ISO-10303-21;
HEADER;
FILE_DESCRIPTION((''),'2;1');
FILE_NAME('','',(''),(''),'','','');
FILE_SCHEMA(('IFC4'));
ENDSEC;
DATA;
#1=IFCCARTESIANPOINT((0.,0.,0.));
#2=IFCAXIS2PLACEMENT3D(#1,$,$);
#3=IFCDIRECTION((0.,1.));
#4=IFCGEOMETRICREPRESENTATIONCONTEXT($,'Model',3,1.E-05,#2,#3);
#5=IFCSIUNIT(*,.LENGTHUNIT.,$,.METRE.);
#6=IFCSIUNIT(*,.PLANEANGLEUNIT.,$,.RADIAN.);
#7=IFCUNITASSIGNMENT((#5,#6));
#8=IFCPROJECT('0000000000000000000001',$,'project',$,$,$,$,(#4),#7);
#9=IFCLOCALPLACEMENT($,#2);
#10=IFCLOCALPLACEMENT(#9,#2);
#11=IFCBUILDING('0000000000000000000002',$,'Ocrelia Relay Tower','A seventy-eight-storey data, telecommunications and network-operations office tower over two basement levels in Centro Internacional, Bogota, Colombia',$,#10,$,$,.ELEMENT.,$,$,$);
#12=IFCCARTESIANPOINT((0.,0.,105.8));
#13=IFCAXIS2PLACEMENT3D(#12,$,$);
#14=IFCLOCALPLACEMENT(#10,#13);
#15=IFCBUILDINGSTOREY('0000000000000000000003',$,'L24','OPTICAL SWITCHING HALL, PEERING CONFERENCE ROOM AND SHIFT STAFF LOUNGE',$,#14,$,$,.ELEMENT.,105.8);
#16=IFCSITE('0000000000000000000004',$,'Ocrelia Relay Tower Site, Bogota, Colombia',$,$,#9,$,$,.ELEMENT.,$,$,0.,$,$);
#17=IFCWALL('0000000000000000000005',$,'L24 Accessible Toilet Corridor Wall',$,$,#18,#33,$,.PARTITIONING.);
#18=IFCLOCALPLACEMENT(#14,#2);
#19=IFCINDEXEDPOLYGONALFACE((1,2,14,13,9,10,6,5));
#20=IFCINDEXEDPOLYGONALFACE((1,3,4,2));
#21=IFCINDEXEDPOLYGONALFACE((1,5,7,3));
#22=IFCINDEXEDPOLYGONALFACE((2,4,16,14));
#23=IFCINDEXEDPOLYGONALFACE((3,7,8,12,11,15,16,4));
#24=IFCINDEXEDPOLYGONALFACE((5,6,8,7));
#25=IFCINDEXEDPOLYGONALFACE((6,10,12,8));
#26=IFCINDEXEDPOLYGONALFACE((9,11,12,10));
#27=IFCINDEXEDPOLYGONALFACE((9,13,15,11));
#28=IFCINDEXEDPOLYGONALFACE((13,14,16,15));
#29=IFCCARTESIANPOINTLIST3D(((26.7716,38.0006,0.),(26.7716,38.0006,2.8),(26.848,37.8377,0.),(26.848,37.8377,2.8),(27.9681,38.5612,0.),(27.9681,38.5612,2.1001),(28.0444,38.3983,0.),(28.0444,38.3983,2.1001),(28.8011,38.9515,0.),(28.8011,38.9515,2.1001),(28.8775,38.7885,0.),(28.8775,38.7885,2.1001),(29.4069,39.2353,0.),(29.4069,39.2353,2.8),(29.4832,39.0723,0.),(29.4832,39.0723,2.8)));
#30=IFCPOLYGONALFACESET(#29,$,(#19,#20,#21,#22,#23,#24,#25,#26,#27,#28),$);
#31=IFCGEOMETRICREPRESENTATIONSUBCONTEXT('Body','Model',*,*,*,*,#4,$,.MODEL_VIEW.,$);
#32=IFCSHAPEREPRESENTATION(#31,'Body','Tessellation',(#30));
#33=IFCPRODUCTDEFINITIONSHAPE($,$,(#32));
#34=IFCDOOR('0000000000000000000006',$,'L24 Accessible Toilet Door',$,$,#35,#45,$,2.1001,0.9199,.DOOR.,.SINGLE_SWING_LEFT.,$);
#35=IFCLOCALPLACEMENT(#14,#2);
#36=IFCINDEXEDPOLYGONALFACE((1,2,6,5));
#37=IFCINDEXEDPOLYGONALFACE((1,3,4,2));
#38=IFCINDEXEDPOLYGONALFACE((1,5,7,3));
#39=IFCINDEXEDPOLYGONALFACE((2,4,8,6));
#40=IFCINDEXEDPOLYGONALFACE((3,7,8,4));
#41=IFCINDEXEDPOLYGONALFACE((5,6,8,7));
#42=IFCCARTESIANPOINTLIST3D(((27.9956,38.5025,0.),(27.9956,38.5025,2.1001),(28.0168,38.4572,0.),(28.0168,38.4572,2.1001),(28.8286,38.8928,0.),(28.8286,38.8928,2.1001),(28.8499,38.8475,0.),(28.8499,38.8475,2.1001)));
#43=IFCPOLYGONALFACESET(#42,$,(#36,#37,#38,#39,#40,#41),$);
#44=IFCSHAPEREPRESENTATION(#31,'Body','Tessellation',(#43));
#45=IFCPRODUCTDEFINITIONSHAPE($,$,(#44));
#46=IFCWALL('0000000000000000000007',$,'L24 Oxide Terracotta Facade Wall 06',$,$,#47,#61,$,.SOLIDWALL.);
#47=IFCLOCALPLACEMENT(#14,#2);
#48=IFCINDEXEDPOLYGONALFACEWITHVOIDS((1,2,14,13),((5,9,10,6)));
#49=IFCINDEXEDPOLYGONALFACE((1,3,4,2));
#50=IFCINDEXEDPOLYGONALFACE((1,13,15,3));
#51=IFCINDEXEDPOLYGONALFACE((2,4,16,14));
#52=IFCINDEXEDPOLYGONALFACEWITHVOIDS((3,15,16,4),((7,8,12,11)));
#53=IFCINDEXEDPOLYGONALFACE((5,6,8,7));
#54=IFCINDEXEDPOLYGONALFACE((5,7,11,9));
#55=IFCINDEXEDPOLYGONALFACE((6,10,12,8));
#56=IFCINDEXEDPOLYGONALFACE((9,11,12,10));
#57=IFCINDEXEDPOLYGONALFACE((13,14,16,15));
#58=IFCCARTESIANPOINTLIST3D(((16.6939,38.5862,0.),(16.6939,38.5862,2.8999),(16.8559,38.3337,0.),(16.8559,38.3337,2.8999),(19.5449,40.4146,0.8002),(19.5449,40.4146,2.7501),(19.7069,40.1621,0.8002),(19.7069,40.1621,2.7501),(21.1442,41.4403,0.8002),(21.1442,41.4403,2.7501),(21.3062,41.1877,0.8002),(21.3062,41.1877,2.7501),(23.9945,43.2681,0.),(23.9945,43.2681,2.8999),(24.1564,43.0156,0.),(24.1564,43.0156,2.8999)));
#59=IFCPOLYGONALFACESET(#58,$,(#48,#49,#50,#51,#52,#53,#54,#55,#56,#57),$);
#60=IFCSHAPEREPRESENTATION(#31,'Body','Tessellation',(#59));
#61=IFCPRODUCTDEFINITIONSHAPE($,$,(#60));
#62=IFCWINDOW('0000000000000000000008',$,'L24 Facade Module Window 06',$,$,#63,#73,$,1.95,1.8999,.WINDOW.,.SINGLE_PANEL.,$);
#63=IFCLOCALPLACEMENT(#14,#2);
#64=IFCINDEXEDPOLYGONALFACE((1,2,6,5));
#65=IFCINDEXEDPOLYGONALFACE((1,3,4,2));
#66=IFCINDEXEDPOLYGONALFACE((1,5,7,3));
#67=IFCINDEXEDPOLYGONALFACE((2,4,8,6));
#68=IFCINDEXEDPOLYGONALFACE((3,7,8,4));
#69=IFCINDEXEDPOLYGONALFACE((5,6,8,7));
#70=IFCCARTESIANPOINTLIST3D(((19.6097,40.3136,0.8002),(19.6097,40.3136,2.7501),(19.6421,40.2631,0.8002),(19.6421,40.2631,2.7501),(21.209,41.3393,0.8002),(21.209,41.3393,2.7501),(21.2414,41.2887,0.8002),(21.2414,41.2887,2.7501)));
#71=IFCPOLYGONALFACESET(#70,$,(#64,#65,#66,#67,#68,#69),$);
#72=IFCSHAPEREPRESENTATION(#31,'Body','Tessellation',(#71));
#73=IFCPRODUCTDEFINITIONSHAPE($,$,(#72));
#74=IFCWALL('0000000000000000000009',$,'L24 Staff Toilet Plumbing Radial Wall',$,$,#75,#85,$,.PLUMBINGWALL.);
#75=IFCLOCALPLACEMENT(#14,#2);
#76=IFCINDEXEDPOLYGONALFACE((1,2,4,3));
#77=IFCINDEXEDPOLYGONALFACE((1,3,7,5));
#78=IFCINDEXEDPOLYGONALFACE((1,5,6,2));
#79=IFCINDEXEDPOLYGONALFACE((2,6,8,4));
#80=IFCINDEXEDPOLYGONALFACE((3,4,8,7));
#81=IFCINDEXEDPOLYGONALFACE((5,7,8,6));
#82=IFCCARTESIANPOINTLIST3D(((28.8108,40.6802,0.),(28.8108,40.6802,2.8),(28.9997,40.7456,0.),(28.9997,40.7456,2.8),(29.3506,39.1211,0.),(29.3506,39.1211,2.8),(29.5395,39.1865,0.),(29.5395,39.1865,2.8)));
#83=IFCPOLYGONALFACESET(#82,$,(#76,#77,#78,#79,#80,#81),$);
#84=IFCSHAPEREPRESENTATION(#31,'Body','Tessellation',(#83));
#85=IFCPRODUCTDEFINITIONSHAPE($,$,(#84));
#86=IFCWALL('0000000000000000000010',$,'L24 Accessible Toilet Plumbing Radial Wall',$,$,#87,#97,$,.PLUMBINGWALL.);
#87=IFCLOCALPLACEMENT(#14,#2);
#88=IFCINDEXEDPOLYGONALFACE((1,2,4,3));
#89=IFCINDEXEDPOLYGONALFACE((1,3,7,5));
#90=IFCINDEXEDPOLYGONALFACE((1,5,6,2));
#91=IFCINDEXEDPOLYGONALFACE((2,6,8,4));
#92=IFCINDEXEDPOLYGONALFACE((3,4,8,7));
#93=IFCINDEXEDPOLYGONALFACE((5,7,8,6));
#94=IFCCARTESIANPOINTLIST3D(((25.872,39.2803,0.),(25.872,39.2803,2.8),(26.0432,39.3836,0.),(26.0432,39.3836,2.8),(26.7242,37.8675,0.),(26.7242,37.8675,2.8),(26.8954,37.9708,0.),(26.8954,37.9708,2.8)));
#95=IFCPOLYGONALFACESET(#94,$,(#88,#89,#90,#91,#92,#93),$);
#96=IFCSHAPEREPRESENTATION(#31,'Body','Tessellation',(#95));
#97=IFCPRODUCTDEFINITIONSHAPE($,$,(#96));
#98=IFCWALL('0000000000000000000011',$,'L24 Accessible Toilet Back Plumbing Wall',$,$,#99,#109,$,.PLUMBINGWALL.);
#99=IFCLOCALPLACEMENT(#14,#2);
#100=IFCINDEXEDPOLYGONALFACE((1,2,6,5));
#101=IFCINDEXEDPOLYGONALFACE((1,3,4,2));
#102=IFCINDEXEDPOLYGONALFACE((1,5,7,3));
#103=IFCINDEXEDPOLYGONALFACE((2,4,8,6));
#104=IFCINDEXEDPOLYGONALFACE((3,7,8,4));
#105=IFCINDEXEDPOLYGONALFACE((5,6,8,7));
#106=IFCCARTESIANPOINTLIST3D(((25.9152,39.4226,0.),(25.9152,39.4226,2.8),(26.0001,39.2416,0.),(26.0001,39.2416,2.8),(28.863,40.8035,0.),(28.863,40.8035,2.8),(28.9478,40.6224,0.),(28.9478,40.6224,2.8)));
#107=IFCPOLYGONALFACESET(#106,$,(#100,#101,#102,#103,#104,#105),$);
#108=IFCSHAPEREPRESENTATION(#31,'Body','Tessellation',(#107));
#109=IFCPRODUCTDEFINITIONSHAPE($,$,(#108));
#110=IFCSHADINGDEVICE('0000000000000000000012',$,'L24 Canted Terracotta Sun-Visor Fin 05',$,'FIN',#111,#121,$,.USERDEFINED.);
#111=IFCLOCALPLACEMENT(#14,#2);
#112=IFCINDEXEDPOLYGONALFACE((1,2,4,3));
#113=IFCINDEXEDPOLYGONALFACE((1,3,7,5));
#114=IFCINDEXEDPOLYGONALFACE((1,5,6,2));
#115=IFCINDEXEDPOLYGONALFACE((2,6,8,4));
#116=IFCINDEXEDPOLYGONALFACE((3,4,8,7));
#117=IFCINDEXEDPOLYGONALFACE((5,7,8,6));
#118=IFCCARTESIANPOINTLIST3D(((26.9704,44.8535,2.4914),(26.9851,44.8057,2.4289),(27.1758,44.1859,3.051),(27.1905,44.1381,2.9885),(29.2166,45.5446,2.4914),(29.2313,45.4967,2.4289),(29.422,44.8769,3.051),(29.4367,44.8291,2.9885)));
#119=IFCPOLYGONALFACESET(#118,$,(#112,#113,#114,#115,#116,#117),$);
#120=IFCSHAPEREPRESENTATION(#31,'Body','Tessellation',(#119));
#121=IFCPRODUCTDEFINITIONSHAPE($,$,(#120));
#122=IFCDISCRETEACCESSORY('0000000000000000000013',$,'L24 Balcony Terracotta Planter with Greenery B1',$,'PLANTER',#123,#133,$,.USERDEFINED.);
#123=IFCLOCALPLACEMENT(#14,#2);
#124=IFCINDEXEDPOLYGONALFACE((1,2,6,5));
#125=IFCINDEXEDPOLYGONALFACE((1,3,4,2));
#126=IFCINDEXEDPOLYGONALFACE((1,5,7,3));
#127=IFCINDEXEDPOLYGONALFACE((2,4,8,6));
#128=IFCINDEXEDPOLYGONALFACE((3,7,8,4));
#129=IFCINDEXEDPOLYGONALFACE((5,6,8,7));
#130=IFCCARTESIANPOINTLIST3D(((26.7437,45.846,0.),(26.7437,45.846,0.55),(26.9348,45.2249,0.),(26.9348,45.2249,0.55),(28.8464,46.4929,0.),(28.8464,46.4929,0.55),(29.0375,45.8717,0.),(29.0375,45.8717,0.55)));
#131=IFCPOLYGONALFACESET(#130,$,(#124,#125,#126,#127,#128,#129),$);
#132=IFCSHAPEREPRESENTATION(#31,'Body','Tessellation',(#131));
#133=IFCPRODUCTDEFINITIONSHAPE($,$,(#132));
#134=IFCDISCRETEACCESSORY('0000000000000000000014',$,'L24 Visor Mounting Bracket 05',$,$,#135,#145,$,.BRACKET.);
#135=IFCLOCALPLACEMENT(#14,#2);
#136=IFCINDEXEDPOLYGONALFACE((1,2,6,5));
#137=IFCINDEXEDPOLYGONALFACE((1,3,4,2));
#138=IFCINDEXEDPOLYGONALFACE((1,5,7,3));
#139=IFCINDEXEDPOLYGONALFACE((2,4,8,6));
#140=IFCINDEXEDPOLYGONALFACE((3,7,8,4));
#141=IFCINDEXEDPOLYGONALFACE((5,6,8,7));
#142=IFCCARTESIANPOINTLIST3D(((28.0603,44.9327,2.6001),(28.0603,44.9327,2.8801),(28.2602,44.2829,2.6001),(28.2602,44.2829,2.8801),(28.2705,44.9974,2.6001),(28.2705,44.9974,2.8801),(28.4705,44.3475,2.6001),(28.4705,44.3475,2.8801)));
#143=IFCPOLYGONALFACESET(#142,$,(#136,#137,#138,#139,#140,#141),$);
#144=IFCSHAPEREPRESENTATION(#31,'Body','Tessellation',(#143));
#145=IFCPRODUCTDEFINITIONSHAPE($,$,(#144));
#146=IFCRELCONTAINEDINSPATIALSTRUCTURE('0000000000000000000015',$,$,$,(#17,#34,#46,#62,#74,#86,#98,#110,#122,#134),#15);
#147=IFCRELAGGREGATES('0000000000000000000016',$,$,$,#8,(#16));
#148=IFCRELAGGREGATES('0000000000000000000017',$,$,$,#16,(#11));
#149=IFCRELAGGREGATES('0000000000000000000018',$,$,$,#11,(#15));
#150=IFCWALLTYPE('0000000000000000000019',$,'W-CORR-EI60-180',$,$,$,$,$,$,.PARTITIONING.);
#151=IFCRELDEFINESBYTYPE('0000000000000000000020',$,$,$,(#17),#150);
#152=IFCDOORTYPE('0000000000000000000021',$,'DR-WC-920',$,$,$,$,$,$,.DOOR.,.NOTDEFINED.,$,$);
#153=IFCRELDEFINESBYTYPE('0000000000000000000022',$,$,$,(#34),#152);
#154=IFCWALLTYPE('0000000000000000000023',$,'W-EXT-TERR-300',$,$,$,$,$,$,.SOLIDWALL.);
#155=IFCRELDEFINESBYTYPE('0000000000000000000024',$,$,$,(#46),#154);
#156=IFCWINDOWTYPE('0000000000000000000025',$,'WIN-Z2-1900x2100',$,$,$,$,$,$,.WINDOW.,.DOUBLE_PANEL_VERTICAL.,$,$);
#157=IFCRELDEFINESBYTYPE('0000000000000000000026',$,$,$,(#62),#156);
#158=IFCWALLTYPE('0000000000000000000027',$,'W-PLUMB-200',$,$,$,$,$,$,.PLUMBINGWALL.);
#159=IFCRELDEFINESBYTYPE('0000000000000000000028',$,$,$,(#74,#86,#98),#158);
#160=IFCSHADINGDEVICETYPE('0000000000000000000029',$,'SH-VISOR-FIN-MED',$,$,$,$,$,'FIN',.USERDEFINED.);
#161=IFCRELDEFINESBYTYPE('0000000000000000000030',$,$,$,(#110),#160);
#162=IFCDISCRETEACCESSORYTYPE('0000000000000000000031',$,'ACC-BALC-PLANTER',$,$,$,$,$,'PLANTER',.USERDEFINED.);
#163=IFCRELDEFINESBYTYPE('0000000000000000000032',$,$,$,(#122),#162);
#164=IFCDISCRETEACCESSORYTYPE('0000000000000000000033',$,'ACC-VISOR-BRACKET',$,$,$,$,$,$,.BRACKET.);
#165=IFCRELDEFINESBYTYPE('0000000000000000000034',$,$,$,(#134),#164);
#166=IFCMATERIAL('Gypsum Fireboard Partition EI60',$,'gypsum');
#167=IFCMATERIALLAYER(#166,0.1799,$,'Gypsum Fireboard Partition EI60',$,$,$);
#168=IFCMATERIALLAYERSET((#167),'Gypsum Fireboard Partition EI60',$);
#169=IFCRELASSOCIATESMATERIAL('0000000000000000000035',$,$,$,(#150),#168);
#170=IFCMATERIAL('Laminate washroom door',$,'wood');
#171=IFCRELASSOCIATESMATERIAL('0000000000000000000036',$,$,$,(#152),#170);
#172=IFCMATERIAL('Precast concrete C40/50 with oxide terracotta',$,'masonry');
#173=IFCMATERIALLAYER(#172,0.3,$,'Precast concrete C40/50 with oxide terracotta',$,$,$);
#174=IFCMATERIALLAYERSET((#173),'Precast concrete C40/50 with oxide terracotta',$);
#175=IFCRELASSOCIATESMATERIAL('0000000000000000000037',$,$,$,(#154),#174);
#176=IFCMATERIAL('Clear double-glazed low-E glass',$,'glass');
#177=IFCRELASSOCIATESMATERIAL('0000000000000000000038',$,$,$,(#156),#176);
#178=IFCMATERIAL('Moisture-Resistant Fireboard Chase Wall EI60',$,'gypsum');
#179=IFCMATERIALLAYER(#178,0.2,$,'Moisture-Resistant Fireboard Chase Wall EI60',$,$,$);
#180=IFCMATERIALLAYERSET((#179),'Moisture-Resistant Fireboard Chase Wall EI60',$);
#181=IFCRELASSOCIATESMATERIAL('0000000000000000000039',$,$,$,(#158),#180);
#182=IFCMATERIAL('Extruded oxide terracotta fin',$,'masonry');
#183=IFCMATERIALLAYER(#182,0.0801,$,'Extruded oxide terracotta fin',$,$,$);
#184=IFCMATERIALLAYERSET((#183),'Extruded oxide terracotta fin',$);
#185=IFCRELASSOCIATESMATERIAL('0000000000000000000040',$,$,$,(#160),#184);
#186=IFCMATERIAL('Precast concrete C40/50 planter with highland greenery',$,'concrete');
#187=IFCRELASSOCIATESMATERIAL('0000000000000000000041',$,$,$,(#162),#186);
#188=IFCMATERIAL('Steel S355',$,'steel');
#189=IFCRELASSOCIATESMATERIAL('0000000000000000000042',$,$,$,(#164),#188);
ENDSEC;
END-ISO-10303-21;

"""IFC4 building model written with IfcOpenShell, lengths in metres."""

from ifc_helpers import new_model, si_unit, direction, frame, frame_2d, origin, origin_2d, place, context, subcontext, project, spatial, rectangle, extrude, material, layer, layer_set, type_object, element, fill, save


model = new_model("IFC4")

# Units and contexts
model_context = context("Model", 3, precision=1e-05, world=origin(), true_north=direction((0.0, 1.0)))
body_context = subcontext(model_context, "Body", "Model", "MODEL_VIEW")
ifc_project = project(units=[si_unit("LENGTHUNIT", "METRE"), si_unit("PLANEANGLEUNIT", "RADIAN")], contexts=[model_context])

# Site, building, storey
site_placement = place(None, origin())
site = spatial("IfcSite", under=ifc_project, at=site_placement, Name="Ocrelia Relay Tower Site, Bogota, Colombia", CompositionType="ELEMENT", RefElevation=0.0)
building_placement = place(site_placement, origin())
building = spatial("IfcBuilding", under=site, at=building_placement, Name="Ocrelia Relay Tower", Description="A seventy-eight-storey data, telecommunications and network-operations office tower over two basement levels in Centro Internacional, Bogota, Colombia", CompositionType="ELEMENT")
storey_placement = place(building_placement, frame((0.0, 0.0, 105.8)))
storey = spatial("IfcBuildingStorey", under=building, at=storey_placement, Name="L24", Description="OPTICAL SWITCHING HALL, PEERING CONFERENCE ROOM AND SHIFT STAFF LOUNGE", CompositionType="ELEMENT", Elevation=105.8)

# Shared definitions
ifc_material_1 = material(Name="Steel S355", Category="steel")

# Shared definitions
ifc_material_2 = material(Name="Gypsum Fireboard Partition EI60", Category="gypsum")
ifc_layer_1 = layer(ifc_material_2, 0.1799, Name="Gypsum Fireboard Partition EI60")
ifc_layer_set_1 = layer_set([ifc_layer_1], Name="Gypsum Fireboard Partition EI60")
wall_type_1 = type_object("IfcWallType", Name="W-CORR-EI60-180", PredefinedType="PARTITIONING", material=ifc_layer_set_1)

# Wall, opening, door
wall_1_placement = place(storey_placement, frame((29.4451, 39.1538, 0.0), z_axis=(0.0, 0.0, 1.0), x_axis=(-0.905546, -0.424249, 0.0)))
wall_1 = element("IfcWall", 1, at=wall_1_placement, inside=storey, type_object=wall_type_1, Name="L24 Accessible Toilet Corridor Wall", PredefinedType="PARTITIONING", context=body_context, shape_type="SweptSolid", body=[
    extrude(rectangle(XDim=2.9102, YDim=0.1799, at=frame_2d((1.4551, 0.0))), origin(), (0.0, 0.0, 1.0), 2.8),
])
opening_1_placement = place(wall_1_placement, frame((0.6689, 0.0, 0.0)))
opening_1 = element("IfcOpeningElement", 2, at=opening_1_placement, cuts=wall_1, PredefinedType="OPENING", context=body_context, shape_type="SweptSolid", body=[
    extrude(rectangle(XDim=0.9199, YDim=2.1001, at=frame_2d((0.46, 1.05))), frame((0.0, 0.1001, 0.0), z_axis=(0.0, -1.0, 0.0), x_axis=(1.0, 0.0, 0.0)), (0.0, 0.0, 1.0), 0.2),
])
ifc_material_3 = material(Name="Laminate washroom door", Category="wood")
door_type_1 = type_object("IfcDoorType", Name="DR-WC-920", OperationType="NOTDEFINED", PredefinedType="DOOR", material=ifc_material_3)
door_1_placement = place(opening_1_placement, origin())
door_1 = element("IfcDoor", 3, at=door_1_placement, inside=storey, type_object=door_type_1, Name="L24 Accessible Toilet Door", OperationType="SINGLE_SWING_LEFT", OverallHeight=2.1001, OverallWidth=0.9199, PredefinedType="DOOR", context=body_context, shape_type="SweptSolid", body=[
    extrude(rectangle(XDim=0.9199, YDim=2.1001, at=frame_2d((0.46, 1.05))), frame((0.0, 0.0249, 0.0), z_axis=(0.0, -1.0, 0.0), x_axis=(1.0, 0.0, 0.0)), (0.0, 0.0, 1.0), 0.05),
])
fill(opening_1, door_1)

# Wall, opening, window
ifc_material_4 = material(Name="Precast concrete C40/50 with oxide terracotta", Category="masonry")
ifc_layer_2 = layer(ifc_material_4, 0.3, Name="Precast concrete C40/50 with oxide terracotta")
ifc_layer_set_2 = layer_set([ifc_layer_2], Name="Precast concrete C40/50 with oxide terracotta")
wall_type_2 = type_object("IfcWallType", Name="W-EXT-TERR-300", PredefinedType="SOLIDWALL", material=ifc_layer_set_2)
wall_2_placement = place(storey_placement, frame((24.0754, 43.1418, 0.0), z_axis=(0.0, 0.0, 1.0), x_axis=(-0.841772, -0.539834, 0.0)))
wall_2 = element("IfcWall", 4, at=wall_2_placement, inside=storey, type_object=wall_type_2, Name="L24 Oxide Terracotta Facade Wall 06", PredefinedType="SOLIDWALL", context=body_context, shape_type="SweptSolid", body=[
    extrude(rectangle(XDim=8.6729, YDim=0.3, at=frame_2d((4.3364, 0.0))), origin(), (0.0, 0.0, 1.0), 2.8999),
])
opening_2_placement = place(wall_2_placement, frame((3.386, 0.0, 0.8)))
opening_2 = element("IfcOpeningElement", 5, at=opening_2_placement, cuts=wall_2, PredefinedType="OPENING", context=body_context, shape_type="SweptSolid", body=[
    extrude(rectangle(XDim=1.8999, YDim=1.95, at=frame_2d((0.95, 0.9751))), frame((0.0, 0.1602, 0.0), z_axis=(0.0, -1.0, 0.0), x_axis=(1.0, 0.0, 0.0)), (0.0, 0.0, 1.0), 0.3201),
])
ifc_material_5 = material(Name="Clear double-glazed low-E glass", Category="glass")
window_type = type_object("IfcWindowType", Name="WIN-Z2-1900x2100", PartitioningType="DOUBLE_PANEL_VERTICAL", PredefinedType="WINDOW", material=ifc_material_5)
window_placement = place(opening_2_placement, origin())
window = element("IfcWindow", 6, at=window_placement, inside=storey, type_object=window_type, Name="L24 Facade Module Window 06", OverallHeight=1.95, OverallWidth=1.8999, PartitioningType="SINGLE_PANEL", PredefinedType="WINDOW", context=body_context, shape_type="SweptSolid", body=[
    extrude(rectangle(XDim=1.8999, YDim=1.95, at=frame_2d((0.95, 0.9751))), frame((0.0, 0.03, 0.0), z_axis=(0.0, -1.0, 0.0), x_axis=(1.0, 0.0, 0.0)), (0.0, 0.0, 1.0), 0.0601),
])
fill(opening_2, window)

# Walls
ifc_material_6 = material(Name="Moisture-Resistant Fireboard Chase Wall EI60", Category="gypsum")
ifc_layer_3 = layer(ifc_material_6, 0.2, Name="Moisture-Resistant Fireboard Chase Wall EI60")
ifc_layer_set_3 = layer_set([ifc_layer_3], Name="Moisture-Resistant Fireboard Chase Wall EI60")
wall_type_3 = type_object("IfcWallType", Name="W-PLUMB-200", PredefinedType="PLUMBINGWALL", material=ifc_layer_set_3)
for number, where, z_axis, x_axis, name in (
    (7, (29.4451, 39.1538, 0.0), (0.0, 0.0, 1.0), (-0.327172, 0.944965, 0.0), "L24 Staff Toilet Plumbing Radial Wall"),
    (8, (26.8098, 37.9192, 0.0), (0.0, 0.0, 1.0), (-0.51654, 0.856263, 0.0), "L24 Accessible Toilet Plumbing Radial Wall"),
):
    element("IfcWall", number, at=place(storey_placement, frame(where, z_axis=z_axis, x_axis=x_axis)), inside=storey, type_object=wall_type_3, Name=name, PredefinedType="PLUMBINGWALL", context=body_context, shape_type="SweptSolid", body=[
        extrude(rectangle(XDim=1.6499, YDim=0.2, at=frame_2d((0.825, 0.0))), origin(), (0.0, 0.0, 1.0), 2.8),
    ])
wall_3_placement = place(storey_placement, frame((28.9053, 40.7129, 0.0), z_axis=(0.0, 0.0, 1.0), x_axis=(-0.905565, -0.424207, 0.0)))
element("IfcWall", 9, at=wall_3_placement, inside=storey, type_object=wall_type_3, Name="L24 Accessible Toilet Back Plumbing Wall", PredefinedType="PLUMBINGWALL", context=body_context, shape_type="SweptSolid", body=[
    extrude(rectangle(XDim=3.2551, YDim=0.2, at=frame_2d((1.6274, 0.0))), origin(), (0.0, 0.0, 1.0), 2.8),
])

# Shading device
ifc_material_7 = material(Name="Extruded oxide terracotta fin", Category="masonry")
ifc_layer_4 = layer(ifc_material_7, 0.0801, Name="Extruded oxide terracotta fin")
ifc_layer_set_4 = layer_set([ifc_layer_4], Name="Extruded oxide terracotta fin")
shading_device_type = type_object("IfcShadingDeviceType", Name="SH-VISOR-FIN-MED", ElementType="FIN", PredefinedType="USERDEFINED", material=ifc_layer_set_4)
shading_device_placement = place(storey_placement, frame((28.2109, 44.8174, 2.7087), z_axis=(-0.183851, 0.597601, 0.78043), x_axis=(-0.955791, -0.294047, 0.0)))
element("IfcShadingDevice", 10, at=shading_device_placement, inside=storey, type_object=shading_device_type, Name="L24 Canted Terracotta Sun-Visor Fin 05", ObjectType="FIN", PredefinedType="USERDEFINED", context=body_context, shape_type="SweptSolid", body=[
    extrude(rectangle(XDim=2.3501, YDim=0.895, at=origin_2d()), origin(), (0.0, 0.0, 1.0), 0.0801),
])

# Discrete accessories
ifc_material_8 = material(Name="Precast concrete C40/50 planter with highland greenery", Category="concrete")
discrete_accessory_type_1 = type_object("IfcDiscreteAccessoryType", Name="ACC-BALC-PLANTER", ElementType="PLANTER", PredefinedType="USERDEFINED", material=ifc_material_8)
discrete_accessory_1_placement = place(storey_placement, frame((27.8906, 45.8589, 0.0), z_axis=(0.0, 0.0, 1.0), x_axis=(0.955795, 0.294035, 0.0)))
element("IfcDiscreteAccessory", 11, at=discrete_accessory_1_placement, inside=storey, type_object=discrete_accessory_type_1, Name="L24 Balcony Terracotta Planter with Greenery B1", ObjectType="PLANTER", PredefinedType="USERDEFINED", context=body_context, shape_type="SweptSolid", body=[
    extrude(rectangle(XDim=2.2, YDim=0.6499, at=origin_2d()), origin(), (0.0, 0.0, 1.0), 0.55),
])
discrete_accessory_type_2 = type_object("IfcDiscreteAccessoryType", Name="ACC-VISOR-BRACKET", PredefinedType="BRACKET", material=ifc_material_1)
discrete_accessory_2_placement = place(storey_placement, frame((28.2654, 44.6401, 2.6001), z_axis=(0.0, 0.0, 1.0), x_axis=(-0.955791, -0.294047, 0.0)))
element("IfcDiscreteAccessory", 12, at=discrete_accessory_2_placement, inside=storey, type_object=discrete_accessory_type_2, Name="L24 Visor Mounting Bracket 05", PredefinedType="BRACKET", context=body_context, shape_type="SweptSolid", body=[
    extrude(rectangle(XDim=0.22, YDim=0.6799, at=origin_2d()), origin(), (0.0, 0.0, 1.0), 0.28),
])

save(model, "model.ifc")
